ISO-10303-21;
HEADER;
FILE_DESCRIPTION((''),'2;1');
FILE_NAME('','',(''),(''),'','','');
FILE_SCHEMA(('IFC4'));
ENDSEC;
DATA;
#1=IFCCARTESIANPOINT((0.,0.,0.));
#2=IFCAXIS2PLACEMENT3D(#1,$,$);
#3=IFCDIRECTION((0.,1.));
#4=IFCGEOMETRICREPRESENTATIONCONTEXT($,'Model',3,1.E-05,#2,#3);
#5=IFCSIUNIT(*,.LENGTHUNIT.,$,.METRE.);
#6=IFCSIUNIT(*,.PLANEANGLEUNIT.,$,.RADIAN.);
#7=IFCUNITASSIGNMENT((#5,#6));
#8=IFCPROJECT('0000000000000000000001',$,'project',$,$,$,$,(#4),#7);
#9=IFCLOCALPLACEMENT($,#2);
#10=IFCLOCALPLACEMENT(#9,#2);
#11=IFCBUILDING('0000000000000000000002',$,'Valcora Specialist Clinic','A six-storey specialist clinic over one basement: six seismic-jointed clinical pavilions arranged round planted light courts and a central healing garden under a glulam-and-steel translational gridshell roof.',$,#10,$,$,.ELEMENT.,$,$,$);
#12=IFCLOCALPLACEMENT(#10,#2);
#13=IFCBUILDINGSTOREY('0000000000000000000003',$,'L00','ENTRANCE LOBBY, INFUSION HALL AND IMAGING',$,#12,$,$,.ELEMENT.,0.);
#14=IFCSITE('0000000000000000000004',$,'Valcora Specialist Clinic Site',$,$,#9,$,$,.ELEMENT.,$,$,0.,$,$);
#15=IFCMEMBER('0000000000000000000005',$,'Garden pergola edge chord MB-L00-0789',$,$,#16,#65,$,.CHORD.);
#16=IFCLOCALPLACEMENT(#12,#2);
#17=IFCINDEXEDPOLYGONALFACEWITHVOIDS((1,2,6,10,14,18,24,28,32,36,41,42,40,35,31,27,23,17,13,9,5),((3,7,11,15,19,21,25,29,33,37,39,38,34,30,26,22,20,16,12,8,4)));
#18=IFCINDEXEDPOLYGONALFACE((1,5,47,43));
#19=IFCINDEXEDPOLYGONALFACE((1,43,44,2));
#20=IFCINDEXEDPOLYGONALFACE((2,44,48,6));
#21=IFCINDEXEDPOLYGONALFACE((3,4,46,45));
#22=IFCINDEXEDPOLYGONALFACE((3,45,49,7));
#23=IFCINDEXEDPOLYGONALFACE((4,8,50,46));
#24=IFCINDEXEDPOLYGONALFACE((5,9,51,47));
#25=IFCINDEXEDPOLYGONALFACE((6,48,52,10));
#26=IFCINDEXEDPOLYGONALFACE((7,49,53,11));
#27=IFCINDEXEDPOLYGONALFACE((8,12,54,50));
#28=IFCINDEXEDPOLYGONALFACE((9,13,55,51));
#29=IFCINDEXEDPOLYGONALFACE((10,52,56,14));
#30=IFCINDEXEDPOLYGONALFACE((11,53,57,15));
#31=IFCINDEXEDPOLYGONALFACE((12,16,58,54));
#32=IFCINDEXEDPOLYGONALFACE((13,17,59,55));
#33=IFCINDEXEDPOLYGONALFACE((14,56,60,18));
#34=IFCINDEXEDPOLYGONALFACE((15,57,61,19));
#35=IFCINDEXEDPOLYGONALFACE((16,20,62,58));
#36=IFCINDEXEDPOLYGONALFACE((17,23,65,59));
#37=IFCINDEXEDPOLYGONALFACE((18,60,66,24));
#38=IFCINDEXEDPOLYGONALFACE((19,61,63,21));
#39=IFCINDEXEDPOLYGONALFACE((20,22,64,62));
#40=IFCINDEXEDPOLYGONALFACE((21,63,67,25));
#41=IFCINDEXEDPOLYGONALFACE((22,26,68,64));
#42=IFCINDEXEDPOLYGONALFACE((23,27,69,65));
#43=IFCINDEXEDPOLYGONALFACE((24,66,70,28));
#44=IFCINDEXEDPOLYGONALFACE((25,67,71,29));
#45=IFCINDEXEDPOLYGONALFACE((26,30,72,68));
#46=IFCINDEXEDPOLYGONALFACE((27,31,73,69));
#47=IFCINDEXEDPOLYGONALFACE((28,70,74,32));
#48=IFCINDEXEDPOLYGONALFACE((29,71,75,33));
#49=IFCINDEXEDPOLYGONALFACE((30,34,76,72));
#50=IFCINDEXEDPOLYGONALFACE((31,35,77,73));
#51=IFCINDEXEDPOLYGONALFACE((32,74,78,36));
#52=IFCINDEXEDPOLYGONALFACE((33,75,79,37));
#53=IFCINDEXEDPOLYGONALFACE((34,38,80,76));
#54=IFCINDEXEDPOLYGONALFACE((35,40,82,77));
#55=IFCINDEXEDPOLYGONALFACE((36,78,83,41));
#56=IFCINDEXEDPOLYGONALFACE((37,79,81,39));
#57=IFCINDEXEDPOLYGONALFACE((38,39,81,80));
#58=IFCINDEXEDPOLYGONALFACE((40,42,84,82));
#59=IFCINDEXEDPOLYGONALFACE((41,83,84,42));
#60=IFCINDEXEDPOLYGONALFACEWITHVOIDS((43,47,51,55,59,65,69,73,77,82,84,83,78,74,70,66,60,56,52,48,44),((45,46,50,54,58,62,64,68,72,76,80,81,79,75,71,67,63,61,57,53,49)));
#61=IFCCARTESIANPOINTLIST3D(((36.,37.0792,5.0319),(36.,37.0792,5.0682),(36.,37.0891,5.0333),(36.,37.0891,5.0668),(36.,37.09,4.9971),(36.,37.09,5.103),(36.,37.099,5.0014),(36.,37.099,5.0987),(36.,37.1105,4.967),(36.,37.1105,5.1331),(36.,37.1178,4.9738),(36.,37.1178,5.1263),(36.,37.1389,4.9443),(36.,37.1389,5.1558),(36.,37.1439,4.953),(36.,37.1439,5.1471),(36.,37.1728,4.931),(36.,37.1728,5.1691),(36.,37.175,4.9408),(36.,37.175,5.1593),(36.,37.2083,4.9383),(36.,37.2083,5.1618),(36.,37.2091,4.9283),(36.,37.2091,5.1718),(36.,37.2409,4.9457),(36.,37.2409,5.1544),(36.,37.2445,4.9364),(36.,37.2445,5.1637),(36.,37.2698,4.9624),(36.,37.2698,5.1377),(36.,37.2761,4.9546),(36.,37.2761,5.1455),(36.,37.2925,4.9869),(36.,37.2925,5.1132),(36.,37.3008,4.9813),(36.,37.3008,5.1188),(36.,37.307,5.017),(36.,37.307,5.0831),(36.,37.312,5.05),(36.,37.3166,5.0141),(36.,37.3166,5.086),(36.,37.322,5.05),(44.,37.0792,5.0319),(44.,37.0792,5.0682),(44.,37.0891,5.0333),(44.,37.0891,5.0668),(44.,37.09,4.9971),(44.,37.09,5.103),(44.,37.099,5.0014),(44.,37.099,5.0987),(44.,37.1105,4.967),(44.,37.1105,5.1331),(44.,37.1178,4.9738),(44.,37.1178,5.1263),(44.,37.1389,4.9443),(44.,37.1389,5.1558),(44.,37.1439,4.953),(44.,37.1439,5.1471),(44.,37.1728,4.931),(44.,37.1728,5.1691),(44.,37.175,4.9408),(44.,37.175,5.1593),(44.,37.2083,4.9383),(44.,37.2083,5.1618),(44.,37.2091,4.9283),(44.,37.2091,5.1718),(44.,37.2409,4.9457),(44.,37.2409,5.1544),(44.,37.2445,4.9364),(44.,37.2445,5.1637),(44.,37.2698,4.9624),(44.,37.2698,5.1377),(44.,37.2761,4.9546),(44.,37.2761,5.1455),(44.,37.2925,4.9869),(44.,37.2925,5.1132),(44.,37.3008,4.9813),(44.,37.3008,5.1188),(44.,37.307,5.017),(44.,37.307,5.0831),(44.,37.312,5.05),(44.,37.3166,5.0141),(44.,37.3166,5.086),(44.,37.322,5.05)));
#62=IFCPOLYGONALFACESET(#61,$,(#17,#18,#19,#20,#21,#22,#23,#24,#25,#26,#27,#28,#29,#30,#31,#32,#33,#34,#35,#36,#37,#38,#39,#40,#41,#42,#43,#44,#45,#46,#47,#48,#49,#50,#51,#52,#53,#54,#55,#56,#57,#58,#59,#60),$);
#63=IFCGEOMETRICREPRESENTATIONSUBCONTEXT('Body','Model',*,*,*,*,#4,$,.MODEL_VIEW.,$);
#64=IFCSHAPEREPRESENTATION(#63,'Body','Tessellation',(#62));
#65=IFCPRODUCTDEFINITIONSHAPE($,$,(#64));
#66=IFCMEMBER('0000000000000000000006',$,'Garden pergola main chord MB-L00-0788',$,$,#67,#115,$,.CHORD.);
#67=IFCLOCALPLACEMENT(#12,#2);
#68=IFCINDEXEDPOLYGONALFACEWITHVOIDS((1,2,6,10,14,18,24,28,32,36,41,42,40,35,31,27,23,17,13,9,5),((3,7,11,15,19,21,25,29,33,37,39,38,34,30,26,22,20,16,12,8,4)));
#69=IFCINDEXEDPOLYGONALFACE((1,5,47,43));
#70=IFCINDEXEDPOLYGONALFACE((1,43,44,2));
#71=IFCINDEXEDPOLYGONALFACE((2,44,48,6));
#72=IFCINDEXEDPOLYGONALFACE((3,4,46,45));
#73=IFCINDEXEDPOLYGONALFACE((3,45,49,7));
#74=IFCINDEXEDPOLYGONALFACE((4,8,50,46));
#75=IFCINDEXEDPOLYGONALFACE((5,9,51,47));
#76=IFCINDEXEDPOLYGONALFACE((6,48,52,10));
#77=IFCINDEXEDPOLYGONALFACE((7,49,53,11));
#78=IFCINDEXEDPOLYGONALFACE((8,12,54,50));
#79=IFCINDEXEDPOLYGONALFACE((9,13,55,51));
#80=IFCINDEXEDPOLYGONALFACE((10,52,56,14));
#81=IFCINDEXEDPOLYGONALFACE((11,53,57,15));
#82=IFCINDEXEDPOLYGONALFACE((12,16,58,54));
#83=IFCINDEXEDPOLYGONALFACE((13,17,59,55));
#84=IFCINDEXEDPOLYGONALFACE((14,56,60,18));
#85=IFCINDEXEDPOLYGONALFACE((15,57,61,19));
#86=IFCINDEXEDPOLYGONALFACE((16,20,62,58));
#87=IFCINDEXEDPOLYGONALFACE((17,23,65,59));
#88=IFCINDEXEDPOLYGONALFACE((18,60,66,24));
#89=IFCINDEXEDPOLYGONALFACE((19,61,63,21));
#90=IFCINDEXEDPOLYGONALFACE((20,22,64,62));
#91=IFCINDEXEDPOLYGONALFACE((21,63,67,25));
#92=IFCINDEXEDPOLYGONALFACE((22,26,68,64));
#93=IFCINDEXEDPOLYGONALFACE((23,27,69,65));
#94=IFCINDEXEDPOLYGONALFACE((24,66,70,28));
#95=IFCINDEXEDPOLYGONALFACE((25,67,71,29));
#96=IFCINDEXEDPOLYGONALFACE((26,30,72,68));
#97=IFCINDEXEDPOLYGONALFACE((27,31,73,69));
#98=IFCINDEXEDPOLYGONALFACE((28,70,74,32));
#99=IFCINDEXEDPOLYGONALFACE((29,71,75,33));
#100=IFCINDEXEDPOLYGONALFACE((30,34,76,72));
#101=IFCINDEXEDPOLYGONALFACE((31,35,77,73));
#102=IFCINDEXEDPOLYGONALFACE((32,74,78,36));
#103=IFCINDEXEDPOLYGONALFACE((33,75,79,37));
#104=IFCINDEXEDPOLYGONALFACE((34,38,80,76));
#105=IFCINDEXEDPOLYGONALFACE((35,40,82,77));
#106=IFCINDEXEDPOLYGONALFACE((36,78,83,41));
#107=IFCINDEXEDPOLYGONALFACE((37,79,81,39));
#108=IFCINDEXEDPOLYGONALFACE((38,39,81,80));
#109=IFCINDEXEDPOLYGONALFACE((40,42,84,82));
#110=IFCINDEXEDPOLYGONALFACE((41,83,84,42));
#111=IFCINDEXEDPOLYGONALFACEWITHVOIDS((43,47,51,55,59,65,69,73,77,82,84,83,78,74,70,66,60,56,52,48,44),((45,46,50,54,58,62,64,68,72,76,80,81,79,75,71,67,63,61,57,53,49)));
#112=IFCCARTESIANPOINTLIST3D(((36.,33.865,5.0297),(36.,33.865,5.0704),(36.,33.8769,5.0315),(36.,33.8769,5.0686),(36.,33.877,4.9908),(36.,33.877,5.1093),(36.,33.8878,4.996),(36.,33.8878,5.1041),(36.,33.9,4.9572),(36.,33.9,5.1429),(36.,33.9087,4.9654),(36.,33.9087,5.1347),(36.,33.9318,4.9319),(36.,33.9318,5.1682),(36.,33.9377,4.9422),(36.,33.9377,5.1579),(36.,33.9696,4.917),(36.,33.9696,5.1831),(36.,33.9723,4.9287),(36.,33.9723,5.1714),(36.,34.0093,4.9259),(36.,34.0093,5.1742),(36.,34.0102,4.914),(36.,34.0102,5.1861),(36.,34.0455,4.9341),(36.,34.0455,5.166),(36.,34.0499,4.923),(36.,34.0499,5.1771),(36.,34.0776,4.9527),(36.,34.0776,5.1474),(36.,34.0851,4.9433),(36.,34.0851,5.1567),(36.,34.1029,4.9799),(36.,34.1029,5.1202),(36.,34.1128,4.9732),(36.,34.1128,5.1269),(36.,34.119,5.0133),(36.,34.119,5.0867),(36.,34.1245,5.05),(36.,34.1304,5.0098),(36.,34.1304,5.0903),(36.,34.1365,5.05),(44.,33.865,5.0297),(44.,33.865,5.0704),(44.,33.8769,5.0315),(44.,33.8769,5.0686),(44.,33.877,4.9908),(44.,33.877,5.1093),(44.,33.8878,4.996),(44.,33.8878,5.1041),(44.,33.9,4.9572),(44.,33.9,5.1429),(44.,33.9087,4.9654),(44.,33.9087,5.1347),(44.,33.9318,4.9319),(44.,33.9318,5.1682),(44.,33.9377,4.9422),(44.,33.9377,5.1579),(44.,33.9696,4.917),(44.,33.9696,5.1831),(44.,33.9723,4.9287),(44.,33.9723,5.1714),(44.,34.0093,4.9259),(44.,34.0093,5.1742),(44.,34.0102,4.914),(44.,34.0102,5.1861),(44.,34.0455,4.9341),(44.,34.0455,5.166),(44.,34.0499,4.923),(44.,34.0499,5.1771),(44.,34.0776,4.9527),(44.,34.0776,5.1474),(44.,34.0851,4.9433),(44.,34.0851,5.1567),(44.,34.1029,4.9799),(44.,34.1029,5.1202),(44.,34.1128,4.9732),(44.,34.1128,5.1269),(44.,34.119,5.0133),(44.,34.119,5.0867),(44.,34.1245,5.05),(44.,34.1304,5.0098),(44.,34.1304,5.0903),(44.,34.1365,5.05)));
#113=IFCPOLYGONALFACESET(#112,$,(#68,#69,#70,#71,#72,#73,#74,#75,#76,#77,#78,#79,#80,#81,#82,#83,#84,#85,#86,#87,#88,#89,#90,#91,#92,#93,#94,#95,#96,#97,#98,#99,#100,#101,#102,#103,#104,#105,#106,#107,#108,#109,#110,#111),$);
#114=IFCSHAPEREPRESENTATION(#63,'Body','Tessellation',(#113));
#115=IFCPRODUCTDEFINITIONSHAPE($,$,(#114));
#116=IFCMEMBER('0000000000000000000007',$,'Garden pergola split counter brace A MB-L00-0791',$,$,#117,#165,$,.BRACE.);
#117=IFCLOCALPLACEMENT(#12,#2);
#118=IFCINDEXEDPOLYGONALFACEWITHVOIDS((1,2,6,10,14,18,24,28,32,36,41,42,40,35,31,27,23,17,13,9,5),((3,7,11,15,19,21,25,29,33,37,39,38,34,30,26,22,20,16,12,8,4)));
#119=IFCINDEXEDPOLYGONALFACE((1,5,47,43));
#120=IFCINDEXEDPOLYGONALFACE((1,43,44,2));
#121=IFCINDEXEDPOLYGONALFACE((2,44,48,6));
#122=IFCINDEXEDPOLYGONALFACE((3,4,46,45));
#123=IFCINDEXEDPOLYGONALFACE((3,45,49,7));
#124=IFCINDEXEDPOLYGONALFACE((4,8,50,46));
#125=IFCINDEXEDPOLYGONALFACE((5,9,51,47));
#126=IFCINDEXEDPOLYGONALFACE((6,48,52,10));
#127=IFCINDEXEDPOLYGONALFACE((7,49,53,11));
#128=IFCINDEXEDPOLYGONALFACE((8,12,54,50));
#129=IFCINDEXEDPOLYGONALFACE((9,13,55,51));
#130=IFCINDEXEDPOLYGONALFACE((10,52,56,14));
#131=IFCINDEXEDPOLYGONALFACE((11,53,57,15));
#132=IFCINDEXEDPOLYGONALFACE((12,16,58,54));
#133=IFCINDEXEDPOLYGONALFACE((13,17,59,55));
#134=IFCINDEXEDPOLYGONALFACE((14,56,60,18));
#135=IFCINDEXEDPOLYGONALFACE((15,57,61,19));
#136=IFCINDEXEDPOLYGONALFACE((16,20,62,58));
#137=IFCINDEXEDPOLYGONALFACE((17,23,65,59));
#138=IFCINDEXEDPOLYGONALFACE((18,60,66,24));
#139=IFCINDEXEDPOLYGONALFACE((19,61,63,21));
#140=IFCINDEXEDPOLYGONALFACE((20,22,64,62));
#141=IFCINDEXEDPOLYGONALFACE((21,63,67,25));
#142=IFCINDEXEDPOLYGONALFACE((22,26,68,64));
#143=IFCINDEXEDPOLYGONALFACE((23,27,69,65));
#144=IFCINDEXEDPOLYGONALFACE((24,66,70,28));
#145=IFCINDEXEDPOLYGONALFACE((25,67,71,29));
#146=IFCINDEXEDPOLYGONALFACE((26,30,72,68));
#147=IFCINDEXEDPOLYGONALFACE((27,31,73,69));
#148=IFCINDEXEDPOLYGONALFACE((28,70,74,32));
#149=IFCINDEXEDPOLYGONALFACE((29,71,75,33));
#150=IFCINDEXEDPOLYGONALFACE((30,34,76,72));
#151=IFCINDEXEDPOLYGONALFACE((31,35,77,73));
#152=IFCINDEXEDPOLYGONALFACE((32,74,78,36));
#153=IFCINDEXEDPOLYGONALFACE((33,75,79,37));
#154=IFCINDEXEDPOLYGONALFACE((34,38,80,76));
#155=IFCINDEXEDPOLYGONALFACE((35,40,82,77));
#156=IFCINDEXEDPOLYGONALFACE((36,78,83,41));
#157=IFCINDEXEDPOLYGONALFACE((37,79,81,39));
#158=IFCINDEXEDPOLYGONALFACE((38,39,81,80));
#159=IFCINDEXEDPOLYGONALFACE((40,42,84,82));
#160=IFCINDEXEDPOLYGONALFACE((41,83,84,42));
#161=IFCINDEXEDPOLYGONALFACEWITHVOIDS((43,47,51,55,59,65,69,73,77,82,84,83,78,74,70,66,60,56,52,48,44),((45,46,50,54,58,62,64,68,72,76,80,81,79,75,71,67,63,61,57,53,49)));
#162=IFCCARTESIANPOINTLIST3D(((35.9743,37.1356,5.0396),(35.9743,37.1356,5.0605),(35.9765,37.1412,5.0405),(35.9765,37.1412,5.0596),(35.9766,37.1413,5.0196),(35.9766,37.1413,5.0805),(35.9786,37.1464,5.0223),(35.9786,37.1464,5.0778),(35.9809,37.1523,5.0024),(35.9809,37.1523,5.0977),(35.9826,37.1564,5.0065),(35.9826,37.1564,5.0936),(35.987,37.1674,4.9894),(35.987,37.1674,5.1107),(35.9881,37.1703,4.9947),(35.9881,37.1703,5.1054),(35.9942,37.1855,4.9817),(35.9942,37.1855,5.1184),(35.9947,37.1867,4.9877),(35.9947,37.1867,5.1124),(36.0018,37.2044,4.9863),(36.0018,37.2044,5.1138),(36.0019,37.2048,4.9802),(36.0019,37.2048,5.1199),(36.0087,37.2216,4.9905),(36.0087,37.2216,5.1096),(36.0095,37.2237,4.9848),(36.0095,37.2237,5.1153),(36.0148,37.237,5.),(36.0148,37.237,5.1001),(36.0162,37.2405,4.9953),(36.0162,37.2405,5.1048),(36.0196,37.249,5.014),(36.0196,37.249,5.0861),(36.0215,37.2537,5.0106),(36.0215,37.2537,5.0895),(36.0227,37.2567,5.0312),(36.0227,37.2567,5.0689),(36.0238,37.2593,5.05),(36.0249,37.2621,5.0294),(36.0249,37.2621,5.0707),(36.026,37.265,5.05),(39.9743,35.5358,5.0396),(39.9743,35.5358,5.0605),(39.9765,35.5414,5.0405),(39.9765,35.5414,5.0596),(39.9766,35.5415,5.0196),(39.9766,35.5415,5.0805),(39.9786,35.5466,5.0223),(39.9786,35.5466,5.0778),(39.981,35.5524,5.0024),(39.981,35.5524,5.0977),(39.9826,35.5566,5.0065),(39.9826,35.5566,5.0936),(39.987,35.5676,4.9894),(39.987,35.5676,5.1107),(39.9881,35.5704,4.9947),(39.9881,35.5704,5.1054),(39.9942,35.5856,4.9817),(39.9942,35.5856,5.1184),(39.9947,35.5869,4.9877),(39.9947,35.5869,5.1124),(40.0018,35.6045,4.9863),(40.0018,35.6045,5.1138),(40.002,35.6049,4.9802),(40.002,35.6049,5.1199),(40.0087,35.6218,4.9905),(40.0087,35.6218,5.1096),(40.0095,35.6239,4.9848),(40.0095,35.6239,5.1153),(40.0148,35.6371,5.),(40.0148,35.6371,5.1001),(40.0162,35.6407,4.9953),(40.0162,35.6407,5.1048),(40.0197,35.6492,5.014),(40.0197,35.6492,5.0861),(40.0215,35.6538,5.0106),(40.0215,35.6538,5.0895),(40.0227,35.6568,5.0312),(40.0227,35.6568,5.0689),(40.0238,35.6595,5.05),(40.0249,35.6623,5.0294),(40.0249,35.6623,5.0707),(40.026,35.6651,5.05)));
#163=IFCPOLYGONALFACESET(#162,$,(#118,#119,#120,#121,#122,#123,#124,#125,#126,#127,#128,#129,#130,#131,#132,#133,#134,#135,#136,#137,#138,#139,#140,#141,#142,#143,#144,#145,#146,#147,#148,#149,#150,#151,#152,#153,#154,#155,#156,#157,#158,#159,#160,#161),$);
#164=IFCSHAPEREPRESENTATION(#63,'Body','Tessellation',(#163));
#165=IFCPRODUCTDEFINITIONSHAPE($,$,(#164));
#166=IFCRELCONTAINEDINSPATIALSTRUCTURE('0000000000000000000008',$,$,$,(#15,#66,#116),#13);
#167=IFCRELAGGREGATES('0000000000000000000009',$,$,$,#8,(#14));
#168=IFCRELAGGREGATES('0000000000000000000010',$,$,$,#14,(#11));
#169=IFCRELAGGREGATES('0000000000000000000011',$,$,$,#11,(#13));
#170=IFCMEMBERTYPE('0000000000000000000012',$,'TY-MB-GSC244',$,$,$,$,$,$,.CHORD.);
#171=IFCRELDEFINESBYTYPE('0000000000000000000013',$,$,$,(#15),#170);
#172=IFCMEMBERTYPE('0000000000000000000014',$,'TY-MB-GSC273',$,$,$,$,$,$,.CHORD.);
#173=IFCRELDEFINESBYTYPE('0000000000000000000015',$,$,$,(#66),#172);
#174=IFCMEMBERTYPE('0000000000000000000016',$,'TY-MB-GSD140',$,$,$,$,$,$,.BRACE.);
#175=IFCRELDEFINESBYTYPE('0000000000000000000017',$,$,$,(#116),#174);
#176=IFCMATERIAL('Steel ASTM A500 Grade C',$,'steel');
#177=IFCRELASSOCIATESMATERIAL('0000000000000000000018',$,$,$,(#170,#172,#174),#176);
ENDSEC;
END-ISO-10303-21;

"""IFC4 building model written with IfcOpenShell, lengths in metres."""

from ifc_helpers import new_model, si_unit, direction, frame, origin, origin_2d, place, context, subcontext, project, spatial, hollow_circle, extrude, material, material_profile, profile_set, type_object, element, save


model = new_model("IFC4")

# Units and contexts
model_context = context("Model", 3, precision=1e-05, world=origin(), true_north=direction((0.0, 1.0)))
body_context = subcontext(model_context, "Body", "Model", "MODEL_VIEW")
ifc_project = project(units=[si_unit("LENGTHUNIT", "METRE"), si_unit("PLANEANGLEUNIT", "RADIAN")], contexts=[model_context])

# Site, building, storey
site_placement = place(None, origin())
site = spatial("IfcSite", under=ifc_project, at=site_placement, Name="Valcora Specialist Clinic Site", CompositionType="ELEMENT", RefElevation=0.0)
building_placement = place(site_placement, origin())
building = spatial("IfcBuilding", under=site, at=building_placement, Name="Valcora Specialist Clinic", Description="A six-storey specialist clinic over one basement: six seismic-jointed clinical pavilions arranged round planted light courts and a central healing garden under a glulam-and-steel translational gridshell roof.", CompositionType="ELEMENT")
storey_placement = place(building_placement, origin())
storey = spatial("IfcBuildingStorey", under=building, at=storey_placement, Name="L00", Description="ENTRANCE LOBBY, INFUSION HALL AND IMAGING", CompositionType="ELEMENT", Elevation=0.0)

# Members
ifc_material_1 = material(Name="Steel ASTM A500 Grade C", Category="steel")
ifc_material_profile_1 = material_profile(ifc_material_1, hollow_circle(Radius=0.1221, WallThickness=0.01, at=origin_2d()), Name="ST-CHS-244X10")
ifc_profile_set_1 = profile_set([ifc_material_profile_1], Name="Steel ASTM A500 Grade C")
member_type_1 = type_object("IfcMemberType", Name="TY-MB-GSC244", PredefinedType="CHORD", material=ifc_profile_set_1)
member_1_placement = place(storey_placement, frame((36.0, 37.2, 5.05), z_axis=(1.0, 0.0, 0.0), x_axis=(0.0, 1.0, 0.0)))
element("IfcMember", 1, at=member_1_placement, inside=storey, type_object=member_type_1, Name="Garden pergola edge chord MB-L00-0789", PredefinedType="CHORD", context=body_context, shape_type="SweptSolid", body=[
    extrude(hollow_circle(Radius=0.1221, WallThickness=0.01, at=origin_2d()), origin(), (0.0, 0.0, 1.0), 8.0),
])
ifc_material_profile_2 = material_profile(ifc_material_1, hollow_circle(Radius=0.1365, WallThickness=0.012, at=origin_2d()), Name="ST-CHS-273X12")
ifc_profile_set_2 = profile_set([ifc_material_profile_2], Name="Steel ASTM A500 Grade C")
member_type_2 = type_object("IfcMemberType", Name="TY-MB-GSC273", PredefinedType="CHORD", material=ifc_profile_set_2)
member_2_placement = place(storey_placement, frame((36.0, 34.0, 5.05), z_axis=(1.0, 0.0, 0.0), x_axis=(0.0, 1.0, 0.0)))
element("IfcMember", 2, at=member_2_placement, inside=storey, type_object=member_type_2, Name="Garden pergola main chord MB-L00-0788", PredefinedType="CHORD", context=body_context, shape_type="SweptSolid", body=[
    extrude(hollow_circle(Radius=0.1365, WallThickness=0.012, at=origin_2d()), origin(), (0.0, 0.0, 1.0), 8.0),
])
ifc_material_profile_3 = material_profile(ifc_material_1, hollow_circle(Radius=0.0701, WallThickness=0.0061, at=origin_2d()), Name="ST-CHS-140X6")
ifc_profile_set_3 = profile_set([ifc_material_profile_3], Name="Steel ASTM A500 Grade C")
member_type_3 = type_object("IfcMemberType", Name="TY-MB-GSD140", PredefinedType="BRACE", material=ifc_profile_set_3)
member_3_placement = place(storey_placement, frame((36.0, 37.2, 5.05), z_axis=(0.928488, -0.371361, 0.0), x_axis=(0.371361, 0.928488, 0.0)))
element("IfcMember", 3, at=member_3_placement, inside=storey, type_object=member_type_3, Name="Garden pergola split counter brace A MB-L00-0791", PredefinedType="BRACE", context=body_context, shape_type="SweptSolid", body=[
    extrude(hollow_circle(Radius=0.0701, WallThickness=0.0061, at=origin_2d()), origin(), (0.0, 0.0, 1.0), 4.3081),
])

save(model, "model.ifc")
